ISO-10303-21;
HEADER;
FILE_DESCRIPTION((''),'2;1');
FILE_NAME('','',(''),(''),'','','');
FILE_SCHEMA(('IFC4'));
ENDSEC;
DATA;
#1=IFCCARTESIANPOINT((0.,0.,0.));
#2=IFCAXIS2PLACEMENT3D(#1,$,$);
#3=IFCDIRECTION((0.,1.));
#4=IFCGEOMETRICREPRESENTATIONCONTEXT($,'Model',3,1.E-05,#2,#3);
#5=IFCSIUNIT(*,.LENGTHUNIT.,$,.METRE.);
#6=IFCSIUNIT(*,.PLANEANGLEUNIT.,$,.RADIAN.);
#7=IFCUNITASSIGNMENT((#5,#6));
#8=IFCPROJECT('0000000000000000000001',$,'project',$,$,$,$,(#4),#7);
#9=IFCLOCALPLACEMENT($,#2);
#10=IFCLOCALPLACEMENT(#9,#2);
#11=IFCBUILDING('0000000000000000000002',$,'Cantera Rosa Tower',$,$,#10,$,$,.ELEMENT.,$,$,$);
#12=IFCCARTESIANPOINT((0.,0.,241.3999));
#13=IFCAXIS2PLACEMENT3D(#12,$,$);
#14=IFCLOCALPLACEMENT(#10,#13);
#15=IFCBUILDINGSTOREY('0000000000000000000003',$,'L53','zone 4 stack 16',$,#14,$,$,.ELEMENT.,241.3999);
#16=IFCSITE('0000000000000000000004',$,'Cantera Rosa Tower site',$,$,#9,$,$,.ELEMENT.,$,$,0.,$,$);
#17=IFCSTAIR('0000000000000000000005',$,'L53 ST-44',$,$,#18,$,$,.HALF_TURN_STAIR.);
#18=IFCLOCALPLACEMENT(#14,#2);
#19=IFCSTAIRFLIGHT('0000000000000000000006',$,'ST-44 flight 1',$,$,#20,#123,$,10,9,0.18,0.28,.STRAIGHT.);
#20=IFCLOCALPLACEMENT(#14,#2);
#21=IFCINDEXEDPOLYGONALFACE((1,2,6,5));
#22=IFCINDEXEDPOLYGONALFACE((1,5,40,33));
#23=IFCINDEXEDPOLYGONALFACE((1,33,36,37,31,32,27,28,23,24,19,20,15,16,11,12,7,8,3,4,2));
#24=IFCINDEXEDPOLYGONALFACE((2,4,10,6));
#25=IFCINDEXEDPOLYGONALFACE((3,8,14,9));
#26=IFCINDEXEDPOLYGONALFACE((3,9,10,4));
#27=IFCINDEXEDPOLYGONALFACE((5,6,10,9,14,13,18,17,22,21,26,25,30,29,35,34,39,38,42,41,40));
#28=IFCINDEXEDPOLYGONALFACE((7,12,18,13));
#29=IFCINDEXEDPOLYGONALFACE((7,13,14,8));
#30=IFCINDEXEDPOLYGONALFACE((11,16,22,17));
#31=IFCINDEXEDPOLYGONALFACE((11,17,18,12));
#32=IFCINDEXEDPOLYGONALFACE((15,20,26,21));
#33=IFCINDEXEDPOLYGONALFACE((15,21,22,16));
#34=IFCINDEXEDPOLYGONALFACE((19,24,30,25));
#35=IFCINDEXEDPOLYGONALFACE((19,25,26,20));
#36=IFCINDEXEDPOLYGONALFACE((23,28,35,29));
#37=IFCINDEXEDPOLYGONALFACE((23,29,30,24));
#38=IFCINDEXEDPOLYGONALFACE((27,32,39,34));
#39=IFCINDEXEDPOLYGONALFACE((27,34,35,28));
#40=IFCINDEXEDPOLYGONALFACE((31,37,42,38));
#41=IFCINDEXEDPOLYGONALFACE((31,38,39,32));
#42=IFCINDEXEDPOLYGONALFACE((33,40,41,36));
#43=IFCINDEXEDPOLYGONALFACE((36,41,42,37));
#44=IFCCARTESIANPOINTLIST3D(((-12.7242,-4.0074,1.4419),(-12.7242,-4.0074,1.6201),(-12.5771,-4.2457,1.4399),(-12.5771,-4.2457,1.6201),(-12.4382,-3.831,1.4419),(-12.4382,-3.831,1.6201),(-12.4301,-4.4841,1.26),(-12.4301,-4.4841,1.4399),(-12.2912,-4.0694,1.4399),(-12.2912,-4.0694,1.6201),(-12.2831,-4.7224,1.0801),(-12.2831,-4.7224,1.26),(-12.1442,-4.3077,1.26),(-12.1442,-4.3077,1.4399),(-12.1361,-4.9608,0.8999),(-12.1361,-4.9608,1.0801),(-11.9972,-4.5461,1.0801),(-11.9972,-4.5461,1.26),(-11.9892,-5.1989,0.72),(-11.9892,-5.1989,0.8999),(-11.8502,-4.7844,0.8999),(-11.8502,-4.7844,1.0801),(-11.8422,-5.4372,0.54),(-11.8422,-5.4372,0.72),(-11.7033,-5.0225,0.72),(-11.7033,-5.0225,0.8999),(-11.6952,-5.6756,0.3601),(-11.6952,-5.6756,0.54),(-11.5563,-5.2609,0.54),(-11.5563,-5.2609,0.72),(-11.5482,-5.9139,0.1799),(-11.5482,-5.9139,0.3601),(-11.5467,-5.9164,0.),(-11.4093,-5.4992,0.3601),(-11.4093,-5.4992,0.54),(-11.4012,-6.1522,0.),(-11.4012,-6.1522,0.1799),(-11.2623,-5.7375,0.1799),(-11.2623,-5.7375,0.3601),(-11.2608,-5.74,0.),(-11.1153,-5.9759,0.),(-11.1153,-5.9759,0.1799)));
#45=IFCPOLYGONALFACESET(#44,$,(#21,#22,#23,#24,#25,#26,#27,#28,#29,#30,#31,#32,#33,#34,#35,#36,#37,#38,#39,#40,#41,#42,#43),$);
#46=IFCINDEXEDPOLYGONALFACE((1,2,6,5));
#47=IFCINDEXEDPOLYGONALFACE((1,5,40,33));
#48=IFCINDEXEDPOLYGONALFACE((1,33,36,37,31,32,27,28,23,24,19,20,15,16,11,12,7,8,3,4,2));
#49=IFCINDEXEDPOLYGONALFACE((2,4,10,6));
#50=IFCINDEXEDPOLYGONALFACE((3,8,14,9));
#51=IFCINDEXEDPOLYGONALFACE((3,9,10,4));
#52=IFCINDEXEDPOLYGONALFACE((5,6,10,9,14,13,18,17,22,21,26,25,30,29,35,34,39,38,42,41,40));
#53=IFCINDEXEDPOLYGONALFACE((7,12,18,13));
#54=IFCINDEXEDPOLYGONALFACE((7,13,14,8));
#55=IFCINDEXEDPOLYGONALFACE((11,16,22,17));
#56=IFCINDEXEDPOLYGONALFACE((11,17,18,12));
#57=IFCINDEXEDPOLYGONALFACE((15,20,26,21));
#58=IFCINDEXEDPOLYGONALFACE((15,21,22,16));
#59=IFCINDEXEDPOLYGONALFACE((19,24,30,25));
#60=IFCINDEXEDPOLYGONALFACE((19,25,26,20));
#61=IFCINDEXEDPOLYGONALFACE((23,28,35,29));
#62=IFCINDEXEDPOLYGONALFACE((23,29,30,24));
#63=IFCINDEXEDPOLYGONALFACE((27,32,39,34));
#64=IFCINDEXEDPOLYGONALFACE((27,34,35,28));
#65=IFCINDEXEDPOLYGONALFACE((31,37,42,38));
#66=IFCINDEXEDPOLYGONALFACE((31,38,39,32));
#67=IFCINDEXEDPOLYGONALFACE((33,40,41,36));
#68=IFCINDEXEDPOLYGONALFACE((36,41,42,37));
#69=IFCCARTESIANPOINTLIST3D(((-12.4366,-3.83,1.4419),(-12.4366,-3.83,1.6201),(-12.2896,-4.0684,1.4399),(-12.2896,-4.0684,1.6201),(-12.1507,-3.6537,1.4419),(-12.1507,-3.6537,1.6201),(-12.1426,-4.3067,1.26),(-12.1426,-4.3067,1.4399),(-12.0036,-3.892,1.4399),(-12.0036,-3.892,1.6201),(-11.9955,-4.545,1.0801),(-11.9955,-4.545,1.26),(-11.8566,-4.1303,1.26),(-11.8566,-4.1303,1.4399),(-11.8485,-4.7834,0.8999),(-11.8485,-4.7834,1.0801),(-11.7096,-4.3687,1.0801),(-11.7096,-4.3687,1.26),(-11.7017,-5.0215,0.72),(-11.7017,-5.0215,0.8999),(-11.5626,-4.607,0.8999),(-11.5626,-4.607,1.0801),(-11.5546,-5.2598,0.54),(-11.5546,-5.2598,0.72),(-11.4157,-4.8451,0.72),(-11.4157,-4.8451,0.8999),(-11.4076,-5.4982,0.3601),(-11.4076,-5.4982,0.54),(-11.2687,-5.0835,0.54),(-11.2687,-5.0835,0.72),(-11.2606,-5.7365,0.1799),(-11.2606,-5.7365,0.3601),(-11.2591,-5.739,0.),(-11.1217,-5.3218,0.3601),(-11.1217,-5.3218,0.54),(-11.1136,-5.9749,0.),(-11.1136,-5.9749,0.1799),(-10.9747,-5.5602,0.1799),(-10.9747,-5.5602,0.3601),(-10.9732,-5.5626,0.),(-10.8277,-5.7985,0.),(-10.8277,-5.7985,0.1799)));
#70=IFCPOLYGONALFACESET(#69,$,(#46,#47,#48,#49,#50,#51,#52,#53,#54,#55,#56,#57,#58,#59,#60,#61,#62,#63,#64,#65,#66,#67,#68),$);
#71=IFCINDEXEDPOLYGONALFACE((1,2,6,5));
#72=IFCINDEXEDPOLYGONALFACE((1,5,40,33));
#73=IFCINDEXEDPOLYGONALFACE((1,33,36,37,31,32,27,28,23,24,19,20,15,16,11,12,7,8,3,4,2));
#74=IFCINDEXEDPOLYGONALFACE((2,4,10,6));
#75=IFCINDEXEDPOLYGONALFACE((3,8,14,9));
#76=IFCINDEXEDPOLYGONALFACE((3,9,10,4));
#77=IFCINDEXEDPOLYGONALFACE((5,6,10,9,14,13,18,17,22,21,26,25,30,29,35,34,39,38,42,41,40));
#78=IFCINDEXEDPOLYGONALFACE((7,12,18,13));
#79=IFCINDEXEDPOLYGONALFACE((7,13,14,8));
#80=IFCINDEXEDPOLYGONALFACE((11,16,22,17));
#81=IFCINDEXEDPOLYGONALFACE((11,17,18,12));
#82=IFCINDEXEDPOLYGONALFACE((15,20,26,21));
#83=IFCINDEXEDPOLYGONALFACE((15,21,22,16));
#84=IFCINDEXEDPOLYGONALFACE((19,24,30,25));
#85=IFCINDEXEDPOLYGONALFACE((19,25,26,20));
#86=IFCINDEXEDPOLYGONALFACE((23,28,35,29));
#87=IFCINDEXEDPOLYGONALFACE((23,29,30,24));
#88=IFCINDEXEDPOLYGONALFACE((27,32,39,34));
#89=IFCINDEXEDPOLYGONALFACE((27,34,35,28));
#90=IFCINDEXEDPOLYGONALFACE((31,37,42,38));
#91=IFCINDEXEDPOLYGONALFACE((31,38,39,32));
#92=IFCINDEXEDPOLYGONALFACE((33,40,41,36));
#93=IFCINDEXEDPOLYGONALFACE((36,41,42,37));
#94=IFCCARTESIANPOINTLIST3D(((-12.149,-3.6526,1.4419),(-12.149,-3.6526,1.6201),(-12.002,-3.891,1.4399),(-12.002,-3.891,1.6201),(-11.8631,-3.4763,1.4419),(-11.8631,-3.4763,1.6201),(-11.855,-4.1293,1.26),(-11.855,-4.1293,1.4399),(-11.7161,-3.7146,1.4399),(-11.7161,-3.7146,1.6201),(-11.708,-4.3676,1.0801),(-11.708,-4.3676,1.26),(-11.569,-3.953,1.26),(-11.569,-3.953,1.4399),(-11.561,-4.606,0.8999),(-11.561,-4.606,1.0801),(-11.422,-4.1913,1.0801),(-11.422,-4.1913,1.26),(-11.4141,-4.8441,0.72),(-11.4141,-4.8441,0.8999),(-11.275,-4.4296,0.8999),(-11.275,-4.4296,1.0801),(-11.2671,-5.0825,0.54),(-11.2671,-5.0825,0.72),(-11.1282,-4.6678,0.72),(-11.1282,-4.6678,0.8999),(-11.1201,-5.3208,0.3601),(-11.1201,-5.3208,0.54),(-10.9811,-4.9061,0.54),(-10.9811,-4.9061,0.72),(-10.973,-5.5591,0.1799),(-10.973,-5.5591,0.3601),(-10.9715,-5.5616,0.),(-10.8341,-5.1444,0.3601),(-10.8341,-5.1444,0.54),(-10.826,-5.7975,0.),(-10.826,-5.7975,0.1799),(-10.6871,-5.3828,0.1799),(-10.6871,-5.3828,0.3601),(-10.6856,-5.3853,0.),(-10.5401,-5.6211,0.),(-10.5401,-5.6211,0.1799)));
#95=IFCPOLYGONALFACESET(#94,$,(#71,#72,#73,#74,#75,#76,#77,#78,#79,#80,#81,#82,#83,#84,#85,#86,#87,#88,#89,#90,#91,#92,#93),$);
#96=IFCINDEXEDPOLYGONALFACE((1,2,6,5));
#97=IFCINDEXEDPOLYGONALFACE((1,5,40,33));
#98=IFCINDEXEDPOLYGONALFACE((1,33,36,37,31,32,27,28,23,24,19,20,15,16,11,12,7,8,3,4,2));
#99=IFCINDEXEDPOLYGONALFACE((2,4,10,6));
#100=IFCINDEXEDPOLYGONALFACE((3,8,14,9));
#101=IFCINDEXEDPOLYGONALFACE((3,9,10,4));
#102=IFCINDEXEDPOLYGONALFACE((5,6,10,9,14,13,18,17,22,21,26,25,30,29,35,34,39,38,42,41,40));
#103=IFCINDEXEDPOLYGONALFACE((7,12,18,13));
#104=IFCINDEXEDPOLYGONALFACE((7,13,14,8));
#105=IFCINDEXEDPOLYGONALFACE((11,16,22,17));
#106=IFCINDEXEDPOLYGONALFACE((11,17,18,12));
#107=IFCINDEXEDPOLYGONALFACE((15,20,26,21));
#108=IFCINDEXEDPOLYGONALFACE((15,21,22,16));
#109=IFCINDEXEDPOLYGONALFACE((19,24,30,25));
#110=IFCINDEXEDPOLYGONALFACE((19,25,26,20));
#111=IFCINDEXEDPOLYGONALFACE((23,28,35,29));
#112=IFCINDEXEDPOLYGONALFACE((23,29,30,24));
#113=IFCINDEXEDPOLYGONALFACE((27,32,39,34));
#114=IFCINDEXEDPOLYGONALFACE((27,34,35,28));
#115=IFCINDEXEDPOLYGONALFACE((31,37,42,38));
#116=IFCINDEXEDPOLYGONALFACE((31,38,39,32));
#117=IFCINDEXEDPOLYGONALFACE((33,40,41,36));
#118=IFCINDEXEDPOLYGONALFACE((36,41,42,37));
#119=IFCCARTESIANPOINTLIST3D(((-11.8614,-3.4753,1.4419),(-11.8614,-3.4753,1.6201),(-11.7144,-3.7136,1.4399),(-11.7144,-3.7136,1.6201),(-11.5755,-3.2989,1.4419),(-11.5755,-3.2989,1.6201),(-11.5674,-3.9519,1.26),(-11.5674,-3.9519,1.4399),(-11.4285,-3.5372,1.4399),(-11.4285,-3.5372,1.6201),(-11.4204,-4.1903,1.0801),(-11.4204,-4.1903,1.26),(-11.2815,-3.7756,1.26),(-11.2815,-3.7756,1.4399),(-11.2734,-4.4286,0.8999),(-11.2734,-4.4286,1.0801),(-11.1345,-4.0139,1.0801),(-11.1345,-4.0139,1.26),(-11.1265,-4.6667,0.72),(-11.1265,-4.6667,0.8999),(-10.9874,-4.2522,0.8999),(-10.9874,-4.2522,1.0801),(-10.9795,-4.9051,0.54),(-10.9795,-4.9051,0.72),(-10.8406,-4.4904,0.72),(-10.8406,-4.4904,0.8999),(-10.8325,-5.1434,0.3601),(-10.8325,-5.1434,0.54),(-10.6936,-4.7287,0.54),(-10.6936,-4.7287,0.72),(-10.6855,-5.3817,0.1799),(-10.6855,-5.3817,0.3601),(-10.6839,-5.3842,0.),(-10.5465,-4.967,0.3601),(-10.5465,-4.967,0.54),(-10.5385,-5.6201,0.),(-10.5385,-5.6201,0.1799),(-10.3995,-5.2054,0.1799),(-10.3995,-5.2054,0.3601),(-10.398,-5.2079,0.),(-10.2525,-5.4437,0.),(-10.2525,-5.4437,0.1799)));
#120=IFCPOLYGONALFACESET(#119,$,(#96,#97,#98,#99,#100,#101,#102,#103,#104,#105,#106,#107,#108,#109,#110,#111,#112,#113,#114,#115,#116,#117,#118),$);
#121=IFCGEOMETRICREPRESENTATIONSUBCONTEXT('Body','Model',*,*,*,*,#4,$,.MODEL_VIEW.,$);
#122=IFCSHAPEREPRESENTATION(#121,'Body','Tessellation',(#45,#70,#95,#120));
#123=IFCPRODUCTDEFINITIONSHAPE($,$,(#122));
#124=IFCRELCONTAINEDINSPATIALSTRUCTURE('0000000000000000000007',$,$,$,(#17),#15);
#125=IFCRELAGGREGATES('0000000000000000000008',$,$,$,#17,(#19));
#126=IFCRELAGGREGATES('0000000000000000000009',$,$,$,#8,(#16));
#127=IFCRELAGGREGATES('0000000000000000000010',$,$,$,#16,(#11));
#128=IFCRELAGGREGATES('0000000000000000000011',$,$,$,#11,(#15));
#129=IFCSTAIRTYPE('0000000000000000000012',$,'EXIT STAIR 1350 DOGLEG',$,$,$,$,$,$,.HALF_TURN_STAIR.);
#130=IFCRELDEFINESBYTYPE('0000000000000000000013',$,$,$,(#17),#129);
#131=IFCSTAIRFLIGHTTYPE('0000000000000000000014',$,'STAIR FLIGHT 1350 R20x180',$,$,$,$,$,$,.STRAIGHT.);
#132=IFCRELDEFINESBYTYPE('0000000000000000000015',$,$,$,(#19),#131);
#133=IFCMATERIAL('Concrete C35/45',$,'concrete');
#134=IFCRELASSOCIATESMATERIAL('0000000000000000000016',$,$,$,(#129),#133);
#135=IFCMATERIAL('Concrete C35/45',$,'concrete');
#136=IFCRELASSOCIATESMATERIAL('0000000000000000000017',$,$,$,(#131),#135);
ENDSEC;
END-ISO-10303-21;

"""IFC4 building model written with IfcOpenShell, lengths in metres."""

from ifc_helpers import new_model, si_unit, direction, frame, origin, place, context, subcontext, project, spatial, polyline, outline, extrude, material, type_object, element, aggregate, save


model = new_model("IFC4")

# Units and contexts
model_context = context("Model", 3, precision=1e-05, world=origin(), true_north=direction((0.0, 1.0)))
body_context = subcontext(model_context, "Body", "Model", "MODEL_VIEW")
ifc_project = project(units=[si_unit("LENGTHUNIT", "METRE"), si_unit("PLANEANGLEUNIT", "RADIAN")], contexts=[model_context])

# Site, building, storey
site_placement = place(None, origin())
site = spatial("IfcSite", under=ifc_project, at=site_placement, Name="Cantera Rosa Tower site", CompositionType="ELEMENT", RefElevation=0.0)
building_placement = place(site_placement, origin())
building = spatial("IfcBuilding", under=site, at=building_placement, Name="Cantera Rosa Tower", CompositionType="ELEMENT")
storey_placement = place(building_placement, frame((0.0, 0.0, 241.3999)))
storey = spatial("IfcBuildingStorey", under=building, at=storey_placement, Name="L53", Description="zone 4 stack 16", CompositionType="ELEMENT", Elevation=241.3999)

# Stair, stair flight
ifc_material_1 = material(Name="Concrete C35/45", Category="concrete")
stair_type = type_object("IfcStairType", Name="EXIT STAIR 1350 DOGLEG", PredefinedType="HALF_TURN_STAIR", material=ifc_material_1)
stair_placement = place(storey_placement, origin())
stair = element("IfcStair", 1, at=stair_placement, inside=storey, type_object=stair_type, Name="L53 ST-44", PredefinedType="HALF_TURN_STAIR")
ifc_material_2 = material(Name="Concrete C35/45", Category="concrete")
stair_flight_type = type_object("IfcStairFlightType", Name="STAIR FLIGHT 1350 R20x180", PredefinedType="STRAIGHT", material=ifc_material_2)
stair_flight_1_placement = place(storey_placement, frame((-10.8267, -5.7979, 0.0), z_axis=(0.0, 0.0, 1.0), x_axis=(-0.524977, 0.851117, 0.0)))
stair_flight_1 = element("IfcStairFlight", 2, at=stair_flight_1_placement, type_object=stair_flight_type, Name="ST-44 flight 1", NumberOfRisers=10, NumberOfTreads=9, PredefinedType="STRAIGHT", RiserHeight=0.18, TreadLength=0.28, context=body_context, shape_type="SweptSolid", body=[
    extrude(outline(polyline([(0.0, 0.0), (0.0, 0.1799), (0.28, 0.1799), (0.28, 0.3601), (0.5601, 0.3601), (0.5601, 0.54), (0.8401, 0.54), (0.8401, 0.72), (1.1201, 0.72), (1.1201, 0.8999), (1.3999, 0.8999), (1.3999, 1.0801), (1.6799, 1.0801), (1.6799, 1.26), (1.96, 1.26), (1.96, 1.4399), (2.24, 1.4399), (2.24, 1.6201), (2.52, 1.6201), (2.52, 1.8), (2.52, 1.4419), (0.2771, 0.0), (0.0, 0.0)])), frame((0.0, 0.675, 0.0), z_axis=(0.0, -1.0, 0.0), x_axis=(1.0, 0.0, 0.0)), (0.0, 0.0, 1.0), 0.3359),
    extrude(outline(polyline([(0.0, 0.0), (0.0, 0.1799), (0.28, 0.1799), (0.28, 0.3601), (0.5601, 0.3601), (0.5601, 0.54), (0.8401, 0.54), (0.8401, 0.72), (1.1201, 0.72), (1.1201, 0.8999), (1.3999, 0.8999), (1.3999, 1.0801), (1.6799, 1.0801), (1.6799, 1.26), (1.96, 1.26), (1.96, 1.4399), (2.24, 1.4399), (2.24, 1.6201), (2.52, 1.6201), (2.52, 1.8), (2.52, 1.4419), (0.2771, 0.0), (0.0, 0.0)])), frame((0.0, 0.3372, 0.0), z_axis=(0.0, -1.0, 0.0), x_axis=(1.0, 0.0, 0.0)), (0.0, 0.0, 1.0), 0.3359),
    extrude(outline(polyline([(0.0, 0.0), (0.0, 0.1799), (0.28, 0.1799), (0.28, 0.3601), (0.5601, 0.3601), (0.5601, 0.54), (0.8401, 0.54), (0.8401, 0.72), (1.1201, 0.72), (1.1201, 0.8999), (1.3999, 0.8999), (1.3999, 1.0801), (1.6799, 1.0801), (1.6799, 1.26), (1.96, 1.26), (1.96, 1.4399), (2.24, 1.4399), (2.24, 1.6201), (2.52, 1.6201), (2.52, 1.8), (2.52, 1.4419), (0.2771, 0.0), (0.0, 0.0)])), frame((0.0, -0.0007, 0.0), z_axis=(0.0, -1.0, 0.0), x_axis=(1.0, 0.0, 0.0)), (0.0, 0.0, 1.0), 0.3359),
    extrude(outline(polyline([(0.0, 0.0), (0.0, 0.1799), (0.28, 0.1799), (0.28, 0.3601), (0.5601, 0.3601), (0.5601, 0.54), (0.8401, 0.54), (0.8401, 0.72), (1.1201, 0.72), (1.1201, 0.8999), (1.3999, 0.8999), (1.3999, 1.0801), (1.6799, 1.0801), (1.6799, 1.26), (1.96, 1.26), (1.96, 1.4399), (2.24, 1.4399), (2.24, 1.6201), (2.52, 1.6201), (2.52, 1.8), (2.52, 1.4419), (0.2771, 0.0), (0.0, 0.0)])), frame((0.0, -0.3386, 0.0), z_axis=(0.0, -1.0, 0.0), x_axis=(1.0, 0.0, 0.0)), (0.0, 0.0, 1.0), 0.3359),
])
aggregate(stair, [stair_flight_1])

save(model, "model.ifc")
